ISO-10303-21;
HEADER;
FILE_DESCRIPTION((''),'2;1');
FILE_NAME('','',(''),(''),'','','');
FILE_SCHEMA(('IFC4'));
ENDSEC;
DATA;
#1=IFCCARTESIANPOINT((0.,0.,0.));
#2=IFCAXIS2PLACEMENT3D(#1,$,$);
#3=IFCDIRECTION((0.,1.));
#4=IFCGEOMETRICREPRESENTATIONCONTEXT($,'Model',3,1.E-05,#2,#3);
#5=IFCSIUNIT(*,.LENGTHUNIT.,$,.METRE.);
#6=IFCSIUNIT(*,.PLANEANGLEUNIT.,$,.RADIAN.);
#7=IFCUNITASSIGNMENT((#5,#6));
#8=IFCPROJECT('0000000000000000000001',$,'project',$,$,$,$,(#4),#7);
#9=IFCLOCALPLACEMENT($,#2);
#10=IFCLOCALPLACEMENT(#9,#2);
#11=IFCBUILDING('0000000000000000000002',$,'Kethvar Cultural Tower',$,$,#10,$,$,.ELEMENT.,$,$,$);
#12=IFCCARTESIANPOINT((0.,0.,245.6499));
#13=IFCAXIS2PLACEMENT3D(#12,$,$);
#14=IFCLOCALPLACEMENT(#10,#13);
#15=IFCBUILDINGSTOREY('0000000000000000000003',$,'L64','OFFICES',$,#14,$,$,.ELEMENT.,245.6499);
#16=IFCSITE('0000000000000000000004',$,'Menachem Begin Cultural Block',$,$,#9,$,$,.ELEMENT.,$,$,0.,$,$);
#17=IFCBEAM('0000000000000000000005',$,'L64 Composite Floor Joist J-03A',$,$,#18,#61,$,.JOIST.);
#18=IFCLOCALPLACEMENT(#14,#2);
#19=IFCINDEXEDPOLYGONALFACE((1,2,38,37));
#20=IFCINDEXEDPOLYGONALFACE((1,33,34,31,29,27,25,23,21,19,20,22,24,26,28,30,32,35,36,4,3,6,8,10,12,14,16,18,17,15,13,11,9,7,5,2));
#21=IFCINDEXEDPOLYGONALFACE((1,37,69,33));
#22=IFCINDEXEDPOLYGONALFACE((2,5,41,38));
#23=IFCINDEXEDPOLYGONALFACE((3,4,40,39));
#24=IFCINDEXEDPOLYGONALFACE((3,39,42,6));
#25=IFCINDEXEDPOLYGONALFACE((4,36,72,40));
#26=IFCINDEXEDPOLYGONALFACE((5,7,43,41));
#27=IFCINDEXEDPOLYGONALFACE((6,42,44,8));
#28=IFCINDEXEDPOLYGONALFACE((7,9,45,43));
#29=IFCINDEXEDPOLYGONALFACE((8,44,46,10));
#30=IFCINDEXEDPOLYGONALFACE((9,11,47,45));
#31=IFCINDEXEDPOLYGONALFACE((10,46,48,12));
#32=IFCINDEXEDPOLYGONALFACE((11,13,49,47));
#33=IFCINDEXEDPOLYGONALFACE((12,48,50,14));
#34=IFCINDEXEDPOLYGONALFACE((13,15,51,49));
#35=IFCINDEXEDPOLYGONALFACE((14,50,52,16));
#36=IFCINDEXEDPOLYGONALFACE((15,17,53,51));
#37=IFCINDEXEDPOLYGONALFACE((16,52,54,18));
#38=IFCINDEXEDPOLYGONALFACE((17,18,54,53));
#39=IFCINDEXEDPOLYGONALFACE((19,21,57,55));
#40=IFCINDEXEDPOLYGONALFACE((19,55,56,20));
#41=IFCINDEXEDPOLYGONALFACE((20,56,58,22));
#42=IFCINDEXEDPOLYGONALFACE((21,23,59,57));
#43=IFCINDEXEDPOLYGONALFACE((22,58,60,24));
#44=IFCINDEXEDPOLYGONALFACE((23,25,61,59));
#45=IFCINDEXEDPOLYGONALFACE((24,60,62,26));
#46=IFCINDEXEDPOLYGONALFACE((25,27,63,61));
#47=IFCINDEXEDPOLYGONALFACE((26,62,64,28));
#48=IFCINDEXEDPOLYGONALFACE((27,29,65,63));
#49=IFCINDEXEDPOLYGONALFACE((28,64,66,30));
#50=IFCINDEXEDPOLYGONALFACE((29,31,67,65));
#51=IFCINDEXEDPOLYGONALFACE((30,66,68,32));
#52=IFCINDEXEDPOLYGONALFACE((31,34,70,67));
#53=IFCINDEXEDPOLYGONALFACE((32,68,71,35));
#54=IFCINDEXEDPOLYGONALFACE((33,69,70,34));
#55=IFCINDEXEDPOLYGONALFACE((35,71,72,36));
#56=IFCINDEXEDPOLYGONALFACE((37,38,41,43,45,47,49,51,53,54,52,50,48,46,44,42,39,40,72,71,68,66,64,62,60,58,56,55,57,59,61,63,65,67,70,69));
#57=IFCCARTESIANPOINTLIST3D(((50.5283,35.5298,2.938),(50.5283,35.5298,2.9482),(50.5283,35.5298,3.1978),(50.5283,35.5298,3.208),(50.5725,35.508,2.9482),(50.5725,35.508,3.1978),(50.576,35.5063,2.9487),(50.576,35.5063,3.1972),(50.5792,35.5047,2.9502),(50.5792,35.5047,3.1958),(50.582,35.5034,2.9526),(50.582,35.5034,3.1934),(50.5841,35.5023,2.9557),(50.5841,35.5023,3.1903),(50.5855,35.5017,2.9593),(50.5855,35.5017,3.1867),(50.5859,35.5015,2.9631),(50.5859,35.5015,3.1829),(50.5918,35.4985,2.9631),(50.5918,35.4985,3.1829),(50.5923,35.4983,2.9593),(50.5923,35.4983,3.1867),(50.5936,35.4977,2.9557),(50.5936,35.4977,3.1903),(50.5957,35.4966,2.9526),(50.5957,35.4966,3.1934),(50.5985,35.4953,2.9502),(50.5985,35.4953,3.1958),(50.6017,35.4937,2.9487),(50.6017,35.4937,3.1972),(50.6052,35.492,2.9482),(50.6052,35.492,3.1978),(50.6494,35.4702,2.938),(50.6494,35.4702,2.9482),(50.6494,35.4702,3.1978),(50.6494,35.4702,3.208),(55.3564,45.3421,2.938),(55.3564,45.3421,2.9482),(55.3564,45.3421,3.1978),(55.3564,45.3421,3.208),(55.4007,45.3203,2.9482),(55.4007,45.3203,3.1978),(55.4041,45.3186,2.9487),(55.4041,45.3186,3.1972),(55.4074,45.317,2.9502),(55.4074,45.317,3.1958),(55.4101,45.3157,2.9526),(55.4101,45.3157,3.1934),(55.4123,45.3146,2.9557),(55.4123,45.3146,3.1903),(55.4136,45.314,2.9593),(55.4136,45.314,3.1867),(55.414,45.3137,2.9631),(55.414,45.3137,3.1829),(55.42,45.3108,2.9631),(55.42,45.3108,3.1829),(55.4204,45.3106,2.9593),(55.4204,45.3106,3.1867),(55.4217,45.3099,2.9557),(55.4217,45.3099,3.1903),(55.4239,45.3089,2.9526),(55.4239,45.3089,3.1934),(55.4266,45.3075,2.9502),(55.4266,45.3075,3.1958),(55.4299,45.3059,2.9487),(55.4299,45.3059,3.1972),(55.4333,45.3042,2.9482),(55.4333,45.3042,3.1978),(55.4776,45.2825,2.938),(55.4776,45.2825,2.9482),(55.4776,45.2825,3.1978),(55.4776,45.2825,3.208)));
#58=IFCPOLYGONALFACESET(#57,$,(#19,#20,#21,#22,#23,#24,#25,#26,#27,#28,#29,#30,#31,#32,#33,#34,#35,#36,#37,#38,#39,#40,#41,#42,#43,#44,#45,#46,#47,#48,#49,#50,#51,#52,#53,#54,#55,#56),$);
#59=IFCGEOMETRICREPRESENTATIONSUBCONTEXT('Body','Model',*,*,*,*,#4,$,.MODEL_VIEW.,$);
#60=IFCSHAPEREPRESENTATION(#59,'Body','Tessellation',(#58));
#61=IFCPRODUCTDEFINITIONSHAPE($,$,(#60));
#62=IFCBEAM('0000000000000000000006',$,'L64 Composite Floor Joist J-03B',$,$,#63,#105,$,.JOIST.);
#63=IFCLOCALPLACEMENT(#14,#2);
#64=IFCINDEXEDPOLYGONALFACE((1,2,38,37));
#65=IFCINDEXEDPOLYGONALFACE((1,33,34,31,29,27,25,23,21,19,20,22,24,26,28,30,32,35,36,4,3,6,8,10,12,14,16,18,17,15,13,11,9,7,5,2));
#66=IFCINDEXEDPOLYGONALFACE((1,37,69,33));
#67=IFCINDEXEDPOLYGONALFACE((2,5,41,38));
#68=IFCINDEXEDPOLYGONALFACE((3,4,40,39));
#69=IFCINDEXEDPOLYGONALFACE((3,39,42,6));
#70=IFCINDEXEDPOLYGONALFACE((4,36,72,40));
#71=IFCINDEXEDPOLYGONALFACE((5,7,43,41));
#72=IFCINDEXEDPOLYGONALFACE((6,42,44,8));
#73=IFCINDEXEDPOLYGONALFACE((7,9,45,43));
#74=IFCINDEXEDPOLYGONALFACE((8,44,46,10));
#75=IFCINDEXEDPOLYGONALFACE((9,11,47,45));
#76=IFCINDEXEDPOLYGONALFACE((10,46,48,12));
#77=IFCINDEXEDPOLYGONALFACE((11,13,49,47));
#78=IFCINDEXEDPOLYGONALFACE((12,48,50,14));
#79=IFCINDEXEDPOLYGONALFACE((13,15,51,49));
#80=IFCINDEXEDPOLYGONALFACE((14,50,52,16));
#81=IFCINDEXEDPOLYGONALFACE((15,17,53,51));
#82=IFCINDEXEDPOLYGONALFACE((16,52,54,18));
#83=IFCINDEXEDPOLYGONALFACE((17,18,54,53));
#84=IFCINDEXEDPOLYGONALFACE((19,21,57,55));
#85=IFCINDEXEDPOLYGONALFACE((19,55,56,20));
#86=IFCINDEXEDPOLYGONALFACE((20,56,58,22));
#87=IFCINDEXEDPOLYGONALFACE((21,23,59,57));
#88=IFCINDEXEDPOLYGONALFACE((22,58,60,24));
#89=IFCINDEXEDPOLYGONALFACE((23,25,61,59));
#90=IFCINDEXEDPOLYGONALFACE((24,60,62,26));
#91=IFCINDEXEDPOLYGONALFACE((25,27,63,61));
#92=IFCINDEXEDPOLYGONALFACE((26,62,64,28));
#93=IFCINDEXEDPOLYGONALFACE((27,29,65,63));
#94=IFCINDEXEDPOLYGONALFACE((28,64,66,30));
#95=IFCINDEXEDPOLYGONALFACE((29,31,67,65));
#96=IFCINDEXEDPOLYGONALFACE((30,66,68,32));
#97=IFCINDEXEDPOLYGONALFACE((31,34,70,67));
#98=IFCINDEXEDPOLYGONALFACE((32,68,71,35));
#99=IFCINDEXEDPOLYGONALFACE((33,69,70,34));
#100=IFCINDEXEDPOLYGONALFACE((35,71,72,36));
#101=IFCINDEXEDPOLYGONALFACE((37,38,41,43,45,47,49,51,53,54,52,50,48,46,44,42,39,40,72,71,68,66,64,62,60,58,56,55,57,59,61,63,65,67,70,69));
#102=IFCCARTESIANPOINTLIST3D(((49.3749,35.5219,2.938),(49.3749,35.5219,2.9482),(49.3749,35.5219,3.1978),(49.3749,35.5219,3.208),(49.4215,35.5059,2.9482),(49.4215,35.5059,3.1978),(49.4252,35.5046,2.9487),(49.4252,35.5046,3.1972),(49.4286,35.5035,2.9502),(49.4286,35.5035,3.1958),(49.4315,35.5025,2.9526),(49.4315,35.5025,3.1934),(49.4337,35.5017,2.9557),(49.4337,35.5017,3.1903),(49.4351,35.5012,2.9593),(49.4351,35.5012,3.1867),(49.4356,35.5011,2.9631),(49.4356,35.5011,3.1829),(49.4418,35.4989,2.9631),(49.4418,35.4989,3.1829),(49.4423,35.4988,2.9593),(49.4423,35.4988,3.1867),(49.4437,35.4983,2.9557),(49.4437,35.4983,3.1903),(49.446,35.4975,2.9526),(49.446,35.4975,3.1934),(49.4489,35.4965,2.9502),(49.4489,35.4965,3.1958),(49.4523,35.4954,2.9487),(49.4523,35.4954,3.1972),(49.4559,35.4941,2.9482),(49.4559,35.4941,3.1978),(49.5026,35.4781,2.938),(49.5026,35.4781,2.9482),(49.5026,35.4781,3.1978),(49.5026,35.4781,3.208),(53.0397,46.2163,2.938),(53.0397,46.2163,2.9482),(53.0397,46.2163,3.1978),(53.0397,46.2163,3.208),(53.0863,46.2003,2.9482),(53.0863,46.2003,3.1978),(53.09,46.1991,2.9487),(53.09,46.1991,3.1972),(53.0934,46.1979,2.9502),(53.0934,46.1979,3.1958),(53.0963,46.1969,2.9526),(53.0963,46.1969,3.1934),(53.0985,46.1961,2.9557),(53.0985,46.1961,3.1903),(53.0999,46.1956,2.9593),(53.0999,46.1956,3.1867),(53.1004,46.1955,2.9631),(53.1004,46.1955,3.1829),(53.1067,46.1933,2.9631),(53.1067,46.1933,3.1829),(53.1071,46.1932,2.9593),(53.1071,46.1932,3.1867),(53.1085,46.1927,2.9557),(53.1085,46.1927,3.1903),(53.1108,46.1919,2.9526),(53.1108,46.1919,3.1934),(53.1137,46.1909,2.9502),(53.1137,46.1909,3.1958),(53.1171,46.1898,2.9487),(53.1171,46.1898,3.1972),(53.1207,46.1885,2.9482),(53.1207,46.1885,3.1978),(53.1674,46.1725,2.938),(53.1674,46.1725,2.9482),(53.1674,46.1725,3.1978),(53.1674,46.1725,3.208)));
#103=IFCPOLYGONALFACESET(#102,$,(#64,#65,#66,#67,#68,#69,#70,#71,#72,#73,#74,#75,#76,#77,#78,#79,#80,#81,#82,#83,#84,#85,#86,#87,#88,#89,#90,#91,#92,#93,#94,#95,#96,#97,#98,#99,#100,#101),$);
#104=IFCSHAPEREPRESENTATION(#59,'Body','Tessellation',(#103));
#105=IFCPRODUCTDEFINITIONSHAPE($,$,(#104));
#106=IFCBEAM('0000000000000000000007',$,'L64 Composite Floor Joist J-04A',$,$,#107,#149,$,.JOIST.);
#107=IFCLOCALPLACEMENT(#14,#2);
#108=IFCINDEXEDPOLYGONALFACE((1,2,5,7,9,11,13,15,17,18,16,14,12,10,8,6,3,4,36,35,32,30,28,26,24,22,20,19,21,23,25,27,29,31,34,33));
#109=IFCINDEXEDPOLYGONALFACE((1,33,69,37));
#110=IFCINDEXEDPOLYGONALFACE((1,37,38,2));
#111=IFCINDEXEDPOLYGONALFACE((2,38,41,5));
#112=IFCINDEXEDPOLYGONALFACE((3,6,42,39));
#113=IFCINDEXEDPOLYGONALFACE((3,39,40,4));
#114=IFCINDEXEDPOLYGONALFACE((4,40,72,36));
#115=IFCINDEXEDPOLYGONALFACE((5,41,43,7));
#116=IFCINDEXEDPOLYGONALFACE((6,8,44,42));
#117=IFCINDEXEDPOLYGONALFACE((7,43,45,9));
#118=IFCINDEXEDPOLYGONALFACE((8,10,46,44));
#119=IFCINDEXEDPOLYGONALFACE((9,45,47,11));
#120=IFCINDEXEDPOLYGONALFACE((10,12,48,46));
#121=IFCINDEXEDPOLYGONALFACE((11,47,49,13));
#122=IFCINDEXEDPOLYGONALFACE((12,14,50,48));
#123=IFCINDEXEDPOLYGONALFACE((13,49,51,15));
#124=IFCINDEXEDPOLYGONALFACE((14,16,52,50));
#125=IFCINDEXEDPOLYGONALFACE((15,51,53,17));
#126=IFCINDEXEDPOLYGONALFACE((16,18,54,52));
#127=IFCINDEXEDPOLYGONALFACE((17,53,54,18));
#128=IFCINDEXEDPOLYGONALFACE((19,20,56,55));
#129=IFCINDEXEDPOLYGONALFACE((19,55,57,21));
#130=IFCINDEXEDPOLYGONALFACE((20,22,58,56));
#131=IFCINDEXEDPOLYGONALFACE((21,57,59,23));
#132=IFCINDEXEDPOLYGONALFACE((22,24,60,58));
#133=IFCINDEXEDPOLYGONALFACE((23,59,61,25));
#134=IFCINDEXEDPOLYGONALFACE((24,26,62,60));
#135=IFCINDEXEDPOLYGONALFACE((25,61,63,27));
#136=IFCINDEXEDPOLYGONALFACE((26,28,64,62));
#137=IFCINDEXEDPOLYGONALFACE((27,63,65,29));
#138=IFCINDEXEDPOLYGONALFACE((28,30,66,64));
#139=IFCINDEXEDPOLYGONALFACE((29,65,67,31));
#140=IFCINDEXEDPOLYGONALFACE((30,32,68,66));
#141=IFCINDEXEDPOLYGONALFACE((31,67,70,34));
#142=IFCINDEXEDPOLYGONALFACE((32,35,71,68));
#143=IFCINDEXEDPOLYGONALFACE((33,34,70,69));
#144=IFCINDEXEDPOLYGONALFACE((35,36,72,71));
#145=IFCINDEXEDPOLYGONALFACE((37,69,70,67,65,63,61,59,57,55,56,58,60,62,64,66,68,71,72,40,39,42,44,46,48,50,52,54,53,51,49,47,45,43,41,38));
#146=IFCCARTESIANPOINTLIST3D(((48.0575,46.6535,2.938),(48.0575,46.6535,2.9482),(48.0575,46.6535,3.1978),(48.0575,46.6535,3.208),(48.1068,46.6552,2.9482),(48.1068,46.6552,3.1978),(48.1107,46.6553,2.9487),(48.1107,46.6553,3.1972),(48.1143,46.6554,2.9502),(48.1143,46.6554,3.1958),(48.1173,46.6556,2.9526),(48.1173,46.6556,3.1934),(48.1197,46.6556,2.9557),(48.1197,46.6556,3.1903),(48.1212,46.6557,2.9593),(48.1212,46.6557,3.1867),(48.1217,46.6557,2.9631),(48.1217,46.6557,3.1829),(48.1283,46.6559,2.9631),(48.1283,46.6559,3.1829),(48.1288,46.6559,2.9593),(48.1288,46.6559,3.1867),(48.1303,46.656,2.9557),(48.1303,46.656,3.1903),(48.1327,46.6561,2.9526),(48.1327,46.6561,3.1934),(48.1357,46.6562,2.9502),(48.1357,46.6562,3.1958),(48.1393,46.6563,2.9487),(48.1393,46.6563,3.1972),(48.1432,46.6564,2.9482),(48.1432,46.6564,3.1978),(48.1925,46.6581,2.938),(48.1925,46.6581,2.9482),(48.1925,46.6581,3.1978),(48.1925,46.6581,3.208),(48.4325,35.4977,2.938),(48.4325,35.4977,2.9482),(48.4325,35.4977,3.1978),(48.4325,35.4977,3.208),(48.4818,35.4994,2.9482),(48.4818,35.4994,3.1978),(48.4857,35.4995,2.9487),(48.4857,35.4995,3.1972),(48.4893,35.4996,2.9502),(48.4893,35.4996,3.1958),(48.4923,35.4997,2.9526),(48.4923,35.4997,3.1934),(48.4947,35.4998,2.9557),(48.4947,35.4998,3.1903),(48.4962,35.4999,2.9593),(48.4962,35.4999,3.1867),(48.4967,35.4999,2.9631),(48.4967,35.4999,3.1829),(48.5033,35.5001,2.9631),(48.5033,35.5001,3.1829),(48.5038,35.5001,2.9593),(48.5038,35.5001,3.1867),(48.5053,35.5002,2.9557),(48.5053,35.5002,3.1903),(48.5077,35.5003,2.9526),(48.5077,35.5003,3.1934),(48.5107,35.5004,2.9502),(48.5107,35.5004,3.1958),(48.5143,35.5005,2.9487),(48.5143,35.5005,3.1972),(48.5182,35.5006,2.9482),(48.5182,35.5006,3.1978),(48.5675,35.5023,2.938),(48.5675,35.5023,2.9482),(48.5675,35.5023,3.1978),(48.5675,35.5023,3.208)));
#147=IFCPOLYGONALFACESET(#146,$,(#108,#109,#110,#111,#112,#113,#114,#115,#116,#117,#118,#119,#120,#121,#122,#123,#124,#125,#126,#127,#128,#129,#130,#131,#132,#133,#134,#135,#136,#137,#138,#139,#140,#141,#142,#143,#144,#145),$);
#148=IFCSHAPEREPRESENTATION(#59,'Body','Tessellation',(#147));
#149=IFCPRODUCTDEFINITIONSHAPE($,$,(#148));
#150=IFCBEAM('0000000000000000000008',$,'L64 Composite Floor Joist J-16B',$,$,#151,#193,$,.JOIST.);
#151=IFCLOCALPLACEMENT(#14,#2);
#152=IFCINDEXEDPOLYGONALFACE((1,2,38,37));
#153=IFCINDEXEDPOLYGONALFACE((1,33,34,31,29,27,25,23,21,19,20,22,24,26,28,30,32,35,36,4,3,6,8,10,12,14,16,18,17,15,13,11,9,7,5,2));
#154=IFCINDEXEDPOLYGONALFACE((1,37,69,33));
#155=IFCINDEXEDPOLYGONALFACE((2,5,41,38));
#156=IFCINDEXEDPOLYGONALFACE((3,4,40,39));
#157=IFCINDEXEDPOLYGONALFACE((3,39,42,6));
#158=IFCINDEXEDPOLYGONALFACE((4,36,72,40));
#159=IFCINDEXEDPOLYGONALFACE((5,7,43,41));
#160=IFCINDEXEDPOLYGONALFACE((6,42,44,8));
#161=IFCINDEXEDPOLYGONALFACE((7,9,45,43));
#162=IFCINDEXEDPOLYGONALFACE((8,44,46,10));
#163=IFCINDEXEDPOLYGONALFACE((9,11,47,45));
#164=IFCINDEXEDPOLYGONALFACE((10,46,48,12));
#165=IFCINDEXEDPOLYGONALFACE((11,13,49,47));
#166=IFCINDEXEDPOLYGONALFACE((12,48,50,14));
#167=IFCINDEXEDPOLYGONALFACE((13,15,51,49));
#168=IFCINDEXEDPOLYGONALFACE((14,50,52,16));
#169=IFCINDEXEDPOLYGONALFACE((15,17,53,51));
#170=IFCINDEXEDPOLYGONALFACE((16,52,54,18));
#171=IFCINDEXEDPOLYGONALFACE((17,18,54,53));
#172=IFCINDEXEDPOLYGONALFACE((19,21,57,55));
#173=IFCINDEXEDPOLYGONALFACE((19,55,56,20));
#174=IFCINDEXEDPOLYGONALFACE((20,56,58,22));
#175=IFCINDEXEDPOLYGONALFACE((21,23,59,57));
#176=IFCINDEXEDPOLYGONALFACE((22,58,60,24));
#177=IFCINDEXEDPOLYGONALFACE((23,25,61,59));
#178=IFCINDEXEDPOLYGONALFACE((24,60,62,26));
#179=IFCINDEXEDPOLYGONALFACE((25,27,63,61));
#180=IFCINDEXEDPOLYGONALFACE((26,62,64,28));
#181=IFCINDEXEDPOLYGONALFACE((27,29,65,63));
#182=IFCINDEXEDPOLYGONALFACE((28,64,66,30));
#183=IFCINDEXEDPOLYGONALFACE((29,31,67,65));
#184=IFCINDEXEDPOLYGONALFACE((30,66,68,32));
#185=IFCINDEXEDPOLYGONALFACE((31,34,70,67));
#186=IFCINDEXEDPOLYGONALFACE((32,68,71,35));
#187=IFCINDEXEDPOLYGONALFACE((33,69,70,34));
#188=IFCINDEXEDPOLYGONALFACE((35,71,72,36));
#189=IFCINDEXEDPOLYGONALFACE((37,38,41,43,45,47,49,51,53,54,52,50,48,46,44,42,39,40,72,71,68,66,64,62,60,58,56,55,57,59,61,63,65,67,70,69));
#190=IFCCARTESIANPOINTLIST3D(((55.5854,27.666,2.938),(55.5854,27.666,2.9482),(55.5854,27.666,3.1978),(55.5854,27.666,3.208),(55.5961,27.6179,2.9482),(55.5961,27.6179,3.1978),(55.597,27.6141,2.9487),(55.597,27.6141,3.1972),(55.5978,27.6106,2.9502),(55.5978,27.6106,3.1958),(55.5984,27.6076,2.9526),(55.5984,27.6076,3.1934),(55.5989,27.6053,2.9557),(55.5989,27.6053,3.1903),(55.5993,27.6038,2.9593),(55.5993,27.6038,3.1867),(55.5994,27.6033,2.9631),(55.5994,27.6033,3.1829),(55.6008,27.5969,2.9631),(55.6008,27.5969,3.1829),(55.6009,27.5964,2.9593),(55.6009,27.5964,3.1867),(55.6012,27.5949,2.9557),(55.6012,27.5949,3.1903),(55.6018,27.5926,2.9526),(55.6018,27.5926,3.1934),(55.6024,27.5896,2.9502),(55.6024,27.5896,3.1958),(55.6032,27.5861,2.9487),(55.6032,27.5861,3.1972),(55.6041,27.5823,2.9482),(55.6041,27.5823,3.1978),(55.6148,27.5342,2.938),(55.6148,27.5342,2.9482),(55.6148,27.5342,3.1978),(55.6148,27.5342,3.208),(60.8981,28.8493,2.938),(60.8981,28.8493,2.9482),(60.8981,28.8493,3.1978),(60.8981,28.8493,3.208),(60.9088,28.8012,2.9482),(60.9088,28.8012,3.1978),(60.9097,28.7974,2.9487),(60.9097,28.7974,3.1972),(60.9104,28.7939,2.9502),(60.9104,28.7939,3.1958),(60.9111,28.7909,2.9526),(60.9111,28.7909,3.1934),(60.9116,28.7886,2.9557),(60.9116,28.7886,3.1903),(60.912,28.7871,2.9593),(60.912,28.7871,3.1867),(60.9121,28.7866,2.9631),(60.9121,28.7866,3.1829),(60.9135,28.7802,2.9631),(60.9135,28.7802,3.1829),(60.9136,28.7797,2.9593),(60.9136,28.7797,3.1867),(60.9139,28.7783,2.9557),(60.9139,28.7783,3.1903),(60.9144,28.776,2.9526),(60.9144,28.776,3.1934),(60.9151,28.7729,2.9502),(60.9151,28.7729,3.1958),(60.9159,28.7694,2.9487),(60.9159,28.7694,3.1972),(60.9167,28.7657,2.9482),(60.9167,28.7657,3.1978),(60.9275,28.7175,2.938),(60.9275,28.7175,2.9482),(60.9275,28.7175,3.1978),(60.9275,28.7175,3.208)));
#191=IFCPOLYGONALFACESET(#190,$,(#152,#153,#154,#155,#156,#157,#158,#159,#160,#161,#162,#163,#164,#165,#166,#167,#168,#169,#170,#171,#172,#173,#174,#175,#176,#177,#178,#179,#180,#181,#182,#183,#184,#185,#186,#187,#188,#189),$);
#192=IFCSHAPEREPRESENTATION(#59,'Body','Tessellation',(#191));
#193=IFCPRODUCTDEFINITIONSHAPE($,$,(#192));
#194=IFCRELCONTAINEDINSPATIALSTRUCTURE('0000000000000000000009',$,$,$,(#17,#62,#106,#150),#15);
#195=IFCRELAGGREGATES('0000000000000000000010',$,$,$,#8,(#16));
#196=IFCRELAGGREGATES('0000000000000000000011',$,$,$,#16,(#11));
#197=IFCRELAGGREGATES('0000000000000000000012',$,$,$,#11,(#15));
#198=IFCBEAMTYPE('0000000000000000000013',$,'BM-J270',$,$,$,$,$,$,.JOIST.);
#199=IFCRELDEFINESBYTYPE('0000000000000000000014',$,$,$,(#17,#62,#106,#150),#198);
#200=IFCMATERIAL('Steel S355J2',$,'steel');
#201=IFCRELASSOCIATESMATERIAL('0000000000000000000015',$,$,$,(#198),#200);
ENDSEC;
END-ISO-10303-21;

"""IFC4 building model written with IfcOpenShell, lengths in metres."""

from ifc_helpers import new_model, si_unit, direction, frame, origin, origin_2d, place, context, subcontext, project, spatial, i_section, extrude, source, transform, mapped, material, material_profile, profile_set, type_object, element, save


model = new_model("IFC4")

# Units and contexts
model_context = context("Model", 3, precision=1e-05, world=origin(), true_north=direction((0.0, 1.0)))
body_context = subcontext(model_context, "Body", "Model", "MODEL_VIEW")
ifc_project = project(units=[si_unit("LENGTHUNIT", "METRE"), si_unit("PLANEANGLEUNIT", "RADIAN")], contexts=[model_context])

# Site, building, storey
site_placement = place(None, origin())
site = spatial("IfcSite", under=ifc_project, at=site_placement, Name="Menachem Begin Cultural Block", CompositionType="ELEMENT", RefElevation=0.0)
building_placement = place(site_placement, origin())
building = spatial("IfcBuilding", under=site, at=building_placement, Name="Kethvar Cultural Tower", CompositionType="ELEMENT")
storey_placement = place(building_placement, frame((0.0, 0.0, 245.6499)))
storey = spatial("IfcBuildingStorey", under=building, at=storey_placement, Name="L64", Description="OFFICES", CompositionType="ELEMENT", Elevation=245.6499)

# Beams
ifc_material_1 = material(Name="Steel S355J2", Category="steel")
ifc_material_profile_1 = material_profile(ifc_material_1, i_section(OverallWidth=0.135, OverallDepth=0.27, WebThickness=0.0066, FlangeThickness=0.0103, FilletRadius=0.0149, at=origin_2d()), Name="Steel S355J2 — IPE270")
ifc_profile_set_1 = profile_set([ifc_material_profile_1], Name="Steel S355J2 — IPE270")
beam_type_1 = type_object("IfcBeamType", Name="BM-J270", PredefinedType="JOIST", material=ifc_profile_set_1)
shared_shape_1 = source(origin(), body_context, "Body", "SweptSolid", [
    extrude(i_section(OverallWidth=0.135, OverallDepth=0.27, WebThickness=0.0066, FlangeThickness=0.0103, FilletRadius=0.0149, at=origin_2d()), origin(), (0.0, 0.0, 1.0), 10.9358),
])
beam_1_placement = place(storey_placement, frame((50.5889, 35.5, 3.073), z_axis=(0.441498, 0.897262, 0.0), x_axis=(-0.897262, 0.441498, 0.0)))
element("IfcBeam", 1, at=beam_1_placement, inside=storey, type_object=beam_type_1, Name="L64 Composite Floor Joist J-03A", PredefinedType="JOIST", context=body_context, shape_type="MappedRepresentation", body=[
    mapped(shared_shape_1, transform((0.0, 0.0, 0.0), scale=1.0)),
])
shared_shape_2 = source(origin(), body_context, "Body", "SweptSolid", [
    extrude(i_section(OverallWidth=0.135, OverallDepth=0.27, WebThickness=0.0066, FlangeThickness=0.0103, FilletRadius=0.0149, at=origin_2d()), origin(), (0.0, 0.0, 1.0), 11.3049),
])
beam_2_placement = place(storey_placement, frame((49.4387, 35.5, 3.073), z_axis=(0.324179, 0.945996, 0.0), x_axis=(-0.945996, 0.324179, 0.0)))
element("IfcBeam", 2, at=beam_2_placement, inside=storey, type_object=beam_type_1, Name="L64 Composite Floor Joist J-03B", PredefinedType="JOIST", context=body_context, shape_type="MappedRepresentation", body=[
    mapped(shared_shape_2, transform((0.0, 0.0, 0.0), scale=1.0)),
])
shared_shape_3 = source(origin(), body_context, "Body", "SweptSolid", [
    extrude(i_section(OverallWidth=0.135, OverallDepth=0.27, WebThickness=0.0066, FlangeThickness=0.0103, FilletRadius=0.0149, at=origin_2d()), origin(), (0.0, 0.0, 1.0), 11.1621),
])
beam_3_placement = place(storey_placement, frame((48.5, 35.5, 3.073), z_axis=(-0.033596, 0.999435, 0.0), x_axis=(-0.999435, -0.033596, 0.0)))
element("IfcBeam", 3, at=beam_3_placement, inside=storey, type_object=beam_type_1, Name="L64 Composite Floor Joist J-04A", PredefinedType="JOIST", context=body_context, shape_type="MappedRepresentation", body=[
    mapped(shared_shape_3, transform((0.0, 0.0, 0.0), scale=1.0)),
])
shared_shape_4 = source(origin(), body_context, "Body", "SweptSolid", [
    extrude(i_section(OverallWidth=0.135, OverallDepth=0.27, WebThickness=0.0066, FlangeThickness=0.0103, FilletRadius=0.0149, at=origin_2d()), origin(), (0.0, 0.0, 1.0), 5.4429),
])
beam_4_placement = place(storey_placement, frame((55.6001, 27.6001, 3.073), z_axis=(0.97608, 0.21741, 0.0), x_axis=(-0.21741, 0.97608, 0.0)))
element("IfcBeam", 4, at=beam_4_placement, inside=storey, type_object=beam_type_1, Name="L64 Composite Floor Joist J-16B", PredefinedType="JOIST", context=body_context, shape_type="MappedRepresentation", body=[
    mapped(shared_shape_4, transform((0.0, 0.0, 0.0), scale=1.0)),
])

save(model, "model.ifc")
